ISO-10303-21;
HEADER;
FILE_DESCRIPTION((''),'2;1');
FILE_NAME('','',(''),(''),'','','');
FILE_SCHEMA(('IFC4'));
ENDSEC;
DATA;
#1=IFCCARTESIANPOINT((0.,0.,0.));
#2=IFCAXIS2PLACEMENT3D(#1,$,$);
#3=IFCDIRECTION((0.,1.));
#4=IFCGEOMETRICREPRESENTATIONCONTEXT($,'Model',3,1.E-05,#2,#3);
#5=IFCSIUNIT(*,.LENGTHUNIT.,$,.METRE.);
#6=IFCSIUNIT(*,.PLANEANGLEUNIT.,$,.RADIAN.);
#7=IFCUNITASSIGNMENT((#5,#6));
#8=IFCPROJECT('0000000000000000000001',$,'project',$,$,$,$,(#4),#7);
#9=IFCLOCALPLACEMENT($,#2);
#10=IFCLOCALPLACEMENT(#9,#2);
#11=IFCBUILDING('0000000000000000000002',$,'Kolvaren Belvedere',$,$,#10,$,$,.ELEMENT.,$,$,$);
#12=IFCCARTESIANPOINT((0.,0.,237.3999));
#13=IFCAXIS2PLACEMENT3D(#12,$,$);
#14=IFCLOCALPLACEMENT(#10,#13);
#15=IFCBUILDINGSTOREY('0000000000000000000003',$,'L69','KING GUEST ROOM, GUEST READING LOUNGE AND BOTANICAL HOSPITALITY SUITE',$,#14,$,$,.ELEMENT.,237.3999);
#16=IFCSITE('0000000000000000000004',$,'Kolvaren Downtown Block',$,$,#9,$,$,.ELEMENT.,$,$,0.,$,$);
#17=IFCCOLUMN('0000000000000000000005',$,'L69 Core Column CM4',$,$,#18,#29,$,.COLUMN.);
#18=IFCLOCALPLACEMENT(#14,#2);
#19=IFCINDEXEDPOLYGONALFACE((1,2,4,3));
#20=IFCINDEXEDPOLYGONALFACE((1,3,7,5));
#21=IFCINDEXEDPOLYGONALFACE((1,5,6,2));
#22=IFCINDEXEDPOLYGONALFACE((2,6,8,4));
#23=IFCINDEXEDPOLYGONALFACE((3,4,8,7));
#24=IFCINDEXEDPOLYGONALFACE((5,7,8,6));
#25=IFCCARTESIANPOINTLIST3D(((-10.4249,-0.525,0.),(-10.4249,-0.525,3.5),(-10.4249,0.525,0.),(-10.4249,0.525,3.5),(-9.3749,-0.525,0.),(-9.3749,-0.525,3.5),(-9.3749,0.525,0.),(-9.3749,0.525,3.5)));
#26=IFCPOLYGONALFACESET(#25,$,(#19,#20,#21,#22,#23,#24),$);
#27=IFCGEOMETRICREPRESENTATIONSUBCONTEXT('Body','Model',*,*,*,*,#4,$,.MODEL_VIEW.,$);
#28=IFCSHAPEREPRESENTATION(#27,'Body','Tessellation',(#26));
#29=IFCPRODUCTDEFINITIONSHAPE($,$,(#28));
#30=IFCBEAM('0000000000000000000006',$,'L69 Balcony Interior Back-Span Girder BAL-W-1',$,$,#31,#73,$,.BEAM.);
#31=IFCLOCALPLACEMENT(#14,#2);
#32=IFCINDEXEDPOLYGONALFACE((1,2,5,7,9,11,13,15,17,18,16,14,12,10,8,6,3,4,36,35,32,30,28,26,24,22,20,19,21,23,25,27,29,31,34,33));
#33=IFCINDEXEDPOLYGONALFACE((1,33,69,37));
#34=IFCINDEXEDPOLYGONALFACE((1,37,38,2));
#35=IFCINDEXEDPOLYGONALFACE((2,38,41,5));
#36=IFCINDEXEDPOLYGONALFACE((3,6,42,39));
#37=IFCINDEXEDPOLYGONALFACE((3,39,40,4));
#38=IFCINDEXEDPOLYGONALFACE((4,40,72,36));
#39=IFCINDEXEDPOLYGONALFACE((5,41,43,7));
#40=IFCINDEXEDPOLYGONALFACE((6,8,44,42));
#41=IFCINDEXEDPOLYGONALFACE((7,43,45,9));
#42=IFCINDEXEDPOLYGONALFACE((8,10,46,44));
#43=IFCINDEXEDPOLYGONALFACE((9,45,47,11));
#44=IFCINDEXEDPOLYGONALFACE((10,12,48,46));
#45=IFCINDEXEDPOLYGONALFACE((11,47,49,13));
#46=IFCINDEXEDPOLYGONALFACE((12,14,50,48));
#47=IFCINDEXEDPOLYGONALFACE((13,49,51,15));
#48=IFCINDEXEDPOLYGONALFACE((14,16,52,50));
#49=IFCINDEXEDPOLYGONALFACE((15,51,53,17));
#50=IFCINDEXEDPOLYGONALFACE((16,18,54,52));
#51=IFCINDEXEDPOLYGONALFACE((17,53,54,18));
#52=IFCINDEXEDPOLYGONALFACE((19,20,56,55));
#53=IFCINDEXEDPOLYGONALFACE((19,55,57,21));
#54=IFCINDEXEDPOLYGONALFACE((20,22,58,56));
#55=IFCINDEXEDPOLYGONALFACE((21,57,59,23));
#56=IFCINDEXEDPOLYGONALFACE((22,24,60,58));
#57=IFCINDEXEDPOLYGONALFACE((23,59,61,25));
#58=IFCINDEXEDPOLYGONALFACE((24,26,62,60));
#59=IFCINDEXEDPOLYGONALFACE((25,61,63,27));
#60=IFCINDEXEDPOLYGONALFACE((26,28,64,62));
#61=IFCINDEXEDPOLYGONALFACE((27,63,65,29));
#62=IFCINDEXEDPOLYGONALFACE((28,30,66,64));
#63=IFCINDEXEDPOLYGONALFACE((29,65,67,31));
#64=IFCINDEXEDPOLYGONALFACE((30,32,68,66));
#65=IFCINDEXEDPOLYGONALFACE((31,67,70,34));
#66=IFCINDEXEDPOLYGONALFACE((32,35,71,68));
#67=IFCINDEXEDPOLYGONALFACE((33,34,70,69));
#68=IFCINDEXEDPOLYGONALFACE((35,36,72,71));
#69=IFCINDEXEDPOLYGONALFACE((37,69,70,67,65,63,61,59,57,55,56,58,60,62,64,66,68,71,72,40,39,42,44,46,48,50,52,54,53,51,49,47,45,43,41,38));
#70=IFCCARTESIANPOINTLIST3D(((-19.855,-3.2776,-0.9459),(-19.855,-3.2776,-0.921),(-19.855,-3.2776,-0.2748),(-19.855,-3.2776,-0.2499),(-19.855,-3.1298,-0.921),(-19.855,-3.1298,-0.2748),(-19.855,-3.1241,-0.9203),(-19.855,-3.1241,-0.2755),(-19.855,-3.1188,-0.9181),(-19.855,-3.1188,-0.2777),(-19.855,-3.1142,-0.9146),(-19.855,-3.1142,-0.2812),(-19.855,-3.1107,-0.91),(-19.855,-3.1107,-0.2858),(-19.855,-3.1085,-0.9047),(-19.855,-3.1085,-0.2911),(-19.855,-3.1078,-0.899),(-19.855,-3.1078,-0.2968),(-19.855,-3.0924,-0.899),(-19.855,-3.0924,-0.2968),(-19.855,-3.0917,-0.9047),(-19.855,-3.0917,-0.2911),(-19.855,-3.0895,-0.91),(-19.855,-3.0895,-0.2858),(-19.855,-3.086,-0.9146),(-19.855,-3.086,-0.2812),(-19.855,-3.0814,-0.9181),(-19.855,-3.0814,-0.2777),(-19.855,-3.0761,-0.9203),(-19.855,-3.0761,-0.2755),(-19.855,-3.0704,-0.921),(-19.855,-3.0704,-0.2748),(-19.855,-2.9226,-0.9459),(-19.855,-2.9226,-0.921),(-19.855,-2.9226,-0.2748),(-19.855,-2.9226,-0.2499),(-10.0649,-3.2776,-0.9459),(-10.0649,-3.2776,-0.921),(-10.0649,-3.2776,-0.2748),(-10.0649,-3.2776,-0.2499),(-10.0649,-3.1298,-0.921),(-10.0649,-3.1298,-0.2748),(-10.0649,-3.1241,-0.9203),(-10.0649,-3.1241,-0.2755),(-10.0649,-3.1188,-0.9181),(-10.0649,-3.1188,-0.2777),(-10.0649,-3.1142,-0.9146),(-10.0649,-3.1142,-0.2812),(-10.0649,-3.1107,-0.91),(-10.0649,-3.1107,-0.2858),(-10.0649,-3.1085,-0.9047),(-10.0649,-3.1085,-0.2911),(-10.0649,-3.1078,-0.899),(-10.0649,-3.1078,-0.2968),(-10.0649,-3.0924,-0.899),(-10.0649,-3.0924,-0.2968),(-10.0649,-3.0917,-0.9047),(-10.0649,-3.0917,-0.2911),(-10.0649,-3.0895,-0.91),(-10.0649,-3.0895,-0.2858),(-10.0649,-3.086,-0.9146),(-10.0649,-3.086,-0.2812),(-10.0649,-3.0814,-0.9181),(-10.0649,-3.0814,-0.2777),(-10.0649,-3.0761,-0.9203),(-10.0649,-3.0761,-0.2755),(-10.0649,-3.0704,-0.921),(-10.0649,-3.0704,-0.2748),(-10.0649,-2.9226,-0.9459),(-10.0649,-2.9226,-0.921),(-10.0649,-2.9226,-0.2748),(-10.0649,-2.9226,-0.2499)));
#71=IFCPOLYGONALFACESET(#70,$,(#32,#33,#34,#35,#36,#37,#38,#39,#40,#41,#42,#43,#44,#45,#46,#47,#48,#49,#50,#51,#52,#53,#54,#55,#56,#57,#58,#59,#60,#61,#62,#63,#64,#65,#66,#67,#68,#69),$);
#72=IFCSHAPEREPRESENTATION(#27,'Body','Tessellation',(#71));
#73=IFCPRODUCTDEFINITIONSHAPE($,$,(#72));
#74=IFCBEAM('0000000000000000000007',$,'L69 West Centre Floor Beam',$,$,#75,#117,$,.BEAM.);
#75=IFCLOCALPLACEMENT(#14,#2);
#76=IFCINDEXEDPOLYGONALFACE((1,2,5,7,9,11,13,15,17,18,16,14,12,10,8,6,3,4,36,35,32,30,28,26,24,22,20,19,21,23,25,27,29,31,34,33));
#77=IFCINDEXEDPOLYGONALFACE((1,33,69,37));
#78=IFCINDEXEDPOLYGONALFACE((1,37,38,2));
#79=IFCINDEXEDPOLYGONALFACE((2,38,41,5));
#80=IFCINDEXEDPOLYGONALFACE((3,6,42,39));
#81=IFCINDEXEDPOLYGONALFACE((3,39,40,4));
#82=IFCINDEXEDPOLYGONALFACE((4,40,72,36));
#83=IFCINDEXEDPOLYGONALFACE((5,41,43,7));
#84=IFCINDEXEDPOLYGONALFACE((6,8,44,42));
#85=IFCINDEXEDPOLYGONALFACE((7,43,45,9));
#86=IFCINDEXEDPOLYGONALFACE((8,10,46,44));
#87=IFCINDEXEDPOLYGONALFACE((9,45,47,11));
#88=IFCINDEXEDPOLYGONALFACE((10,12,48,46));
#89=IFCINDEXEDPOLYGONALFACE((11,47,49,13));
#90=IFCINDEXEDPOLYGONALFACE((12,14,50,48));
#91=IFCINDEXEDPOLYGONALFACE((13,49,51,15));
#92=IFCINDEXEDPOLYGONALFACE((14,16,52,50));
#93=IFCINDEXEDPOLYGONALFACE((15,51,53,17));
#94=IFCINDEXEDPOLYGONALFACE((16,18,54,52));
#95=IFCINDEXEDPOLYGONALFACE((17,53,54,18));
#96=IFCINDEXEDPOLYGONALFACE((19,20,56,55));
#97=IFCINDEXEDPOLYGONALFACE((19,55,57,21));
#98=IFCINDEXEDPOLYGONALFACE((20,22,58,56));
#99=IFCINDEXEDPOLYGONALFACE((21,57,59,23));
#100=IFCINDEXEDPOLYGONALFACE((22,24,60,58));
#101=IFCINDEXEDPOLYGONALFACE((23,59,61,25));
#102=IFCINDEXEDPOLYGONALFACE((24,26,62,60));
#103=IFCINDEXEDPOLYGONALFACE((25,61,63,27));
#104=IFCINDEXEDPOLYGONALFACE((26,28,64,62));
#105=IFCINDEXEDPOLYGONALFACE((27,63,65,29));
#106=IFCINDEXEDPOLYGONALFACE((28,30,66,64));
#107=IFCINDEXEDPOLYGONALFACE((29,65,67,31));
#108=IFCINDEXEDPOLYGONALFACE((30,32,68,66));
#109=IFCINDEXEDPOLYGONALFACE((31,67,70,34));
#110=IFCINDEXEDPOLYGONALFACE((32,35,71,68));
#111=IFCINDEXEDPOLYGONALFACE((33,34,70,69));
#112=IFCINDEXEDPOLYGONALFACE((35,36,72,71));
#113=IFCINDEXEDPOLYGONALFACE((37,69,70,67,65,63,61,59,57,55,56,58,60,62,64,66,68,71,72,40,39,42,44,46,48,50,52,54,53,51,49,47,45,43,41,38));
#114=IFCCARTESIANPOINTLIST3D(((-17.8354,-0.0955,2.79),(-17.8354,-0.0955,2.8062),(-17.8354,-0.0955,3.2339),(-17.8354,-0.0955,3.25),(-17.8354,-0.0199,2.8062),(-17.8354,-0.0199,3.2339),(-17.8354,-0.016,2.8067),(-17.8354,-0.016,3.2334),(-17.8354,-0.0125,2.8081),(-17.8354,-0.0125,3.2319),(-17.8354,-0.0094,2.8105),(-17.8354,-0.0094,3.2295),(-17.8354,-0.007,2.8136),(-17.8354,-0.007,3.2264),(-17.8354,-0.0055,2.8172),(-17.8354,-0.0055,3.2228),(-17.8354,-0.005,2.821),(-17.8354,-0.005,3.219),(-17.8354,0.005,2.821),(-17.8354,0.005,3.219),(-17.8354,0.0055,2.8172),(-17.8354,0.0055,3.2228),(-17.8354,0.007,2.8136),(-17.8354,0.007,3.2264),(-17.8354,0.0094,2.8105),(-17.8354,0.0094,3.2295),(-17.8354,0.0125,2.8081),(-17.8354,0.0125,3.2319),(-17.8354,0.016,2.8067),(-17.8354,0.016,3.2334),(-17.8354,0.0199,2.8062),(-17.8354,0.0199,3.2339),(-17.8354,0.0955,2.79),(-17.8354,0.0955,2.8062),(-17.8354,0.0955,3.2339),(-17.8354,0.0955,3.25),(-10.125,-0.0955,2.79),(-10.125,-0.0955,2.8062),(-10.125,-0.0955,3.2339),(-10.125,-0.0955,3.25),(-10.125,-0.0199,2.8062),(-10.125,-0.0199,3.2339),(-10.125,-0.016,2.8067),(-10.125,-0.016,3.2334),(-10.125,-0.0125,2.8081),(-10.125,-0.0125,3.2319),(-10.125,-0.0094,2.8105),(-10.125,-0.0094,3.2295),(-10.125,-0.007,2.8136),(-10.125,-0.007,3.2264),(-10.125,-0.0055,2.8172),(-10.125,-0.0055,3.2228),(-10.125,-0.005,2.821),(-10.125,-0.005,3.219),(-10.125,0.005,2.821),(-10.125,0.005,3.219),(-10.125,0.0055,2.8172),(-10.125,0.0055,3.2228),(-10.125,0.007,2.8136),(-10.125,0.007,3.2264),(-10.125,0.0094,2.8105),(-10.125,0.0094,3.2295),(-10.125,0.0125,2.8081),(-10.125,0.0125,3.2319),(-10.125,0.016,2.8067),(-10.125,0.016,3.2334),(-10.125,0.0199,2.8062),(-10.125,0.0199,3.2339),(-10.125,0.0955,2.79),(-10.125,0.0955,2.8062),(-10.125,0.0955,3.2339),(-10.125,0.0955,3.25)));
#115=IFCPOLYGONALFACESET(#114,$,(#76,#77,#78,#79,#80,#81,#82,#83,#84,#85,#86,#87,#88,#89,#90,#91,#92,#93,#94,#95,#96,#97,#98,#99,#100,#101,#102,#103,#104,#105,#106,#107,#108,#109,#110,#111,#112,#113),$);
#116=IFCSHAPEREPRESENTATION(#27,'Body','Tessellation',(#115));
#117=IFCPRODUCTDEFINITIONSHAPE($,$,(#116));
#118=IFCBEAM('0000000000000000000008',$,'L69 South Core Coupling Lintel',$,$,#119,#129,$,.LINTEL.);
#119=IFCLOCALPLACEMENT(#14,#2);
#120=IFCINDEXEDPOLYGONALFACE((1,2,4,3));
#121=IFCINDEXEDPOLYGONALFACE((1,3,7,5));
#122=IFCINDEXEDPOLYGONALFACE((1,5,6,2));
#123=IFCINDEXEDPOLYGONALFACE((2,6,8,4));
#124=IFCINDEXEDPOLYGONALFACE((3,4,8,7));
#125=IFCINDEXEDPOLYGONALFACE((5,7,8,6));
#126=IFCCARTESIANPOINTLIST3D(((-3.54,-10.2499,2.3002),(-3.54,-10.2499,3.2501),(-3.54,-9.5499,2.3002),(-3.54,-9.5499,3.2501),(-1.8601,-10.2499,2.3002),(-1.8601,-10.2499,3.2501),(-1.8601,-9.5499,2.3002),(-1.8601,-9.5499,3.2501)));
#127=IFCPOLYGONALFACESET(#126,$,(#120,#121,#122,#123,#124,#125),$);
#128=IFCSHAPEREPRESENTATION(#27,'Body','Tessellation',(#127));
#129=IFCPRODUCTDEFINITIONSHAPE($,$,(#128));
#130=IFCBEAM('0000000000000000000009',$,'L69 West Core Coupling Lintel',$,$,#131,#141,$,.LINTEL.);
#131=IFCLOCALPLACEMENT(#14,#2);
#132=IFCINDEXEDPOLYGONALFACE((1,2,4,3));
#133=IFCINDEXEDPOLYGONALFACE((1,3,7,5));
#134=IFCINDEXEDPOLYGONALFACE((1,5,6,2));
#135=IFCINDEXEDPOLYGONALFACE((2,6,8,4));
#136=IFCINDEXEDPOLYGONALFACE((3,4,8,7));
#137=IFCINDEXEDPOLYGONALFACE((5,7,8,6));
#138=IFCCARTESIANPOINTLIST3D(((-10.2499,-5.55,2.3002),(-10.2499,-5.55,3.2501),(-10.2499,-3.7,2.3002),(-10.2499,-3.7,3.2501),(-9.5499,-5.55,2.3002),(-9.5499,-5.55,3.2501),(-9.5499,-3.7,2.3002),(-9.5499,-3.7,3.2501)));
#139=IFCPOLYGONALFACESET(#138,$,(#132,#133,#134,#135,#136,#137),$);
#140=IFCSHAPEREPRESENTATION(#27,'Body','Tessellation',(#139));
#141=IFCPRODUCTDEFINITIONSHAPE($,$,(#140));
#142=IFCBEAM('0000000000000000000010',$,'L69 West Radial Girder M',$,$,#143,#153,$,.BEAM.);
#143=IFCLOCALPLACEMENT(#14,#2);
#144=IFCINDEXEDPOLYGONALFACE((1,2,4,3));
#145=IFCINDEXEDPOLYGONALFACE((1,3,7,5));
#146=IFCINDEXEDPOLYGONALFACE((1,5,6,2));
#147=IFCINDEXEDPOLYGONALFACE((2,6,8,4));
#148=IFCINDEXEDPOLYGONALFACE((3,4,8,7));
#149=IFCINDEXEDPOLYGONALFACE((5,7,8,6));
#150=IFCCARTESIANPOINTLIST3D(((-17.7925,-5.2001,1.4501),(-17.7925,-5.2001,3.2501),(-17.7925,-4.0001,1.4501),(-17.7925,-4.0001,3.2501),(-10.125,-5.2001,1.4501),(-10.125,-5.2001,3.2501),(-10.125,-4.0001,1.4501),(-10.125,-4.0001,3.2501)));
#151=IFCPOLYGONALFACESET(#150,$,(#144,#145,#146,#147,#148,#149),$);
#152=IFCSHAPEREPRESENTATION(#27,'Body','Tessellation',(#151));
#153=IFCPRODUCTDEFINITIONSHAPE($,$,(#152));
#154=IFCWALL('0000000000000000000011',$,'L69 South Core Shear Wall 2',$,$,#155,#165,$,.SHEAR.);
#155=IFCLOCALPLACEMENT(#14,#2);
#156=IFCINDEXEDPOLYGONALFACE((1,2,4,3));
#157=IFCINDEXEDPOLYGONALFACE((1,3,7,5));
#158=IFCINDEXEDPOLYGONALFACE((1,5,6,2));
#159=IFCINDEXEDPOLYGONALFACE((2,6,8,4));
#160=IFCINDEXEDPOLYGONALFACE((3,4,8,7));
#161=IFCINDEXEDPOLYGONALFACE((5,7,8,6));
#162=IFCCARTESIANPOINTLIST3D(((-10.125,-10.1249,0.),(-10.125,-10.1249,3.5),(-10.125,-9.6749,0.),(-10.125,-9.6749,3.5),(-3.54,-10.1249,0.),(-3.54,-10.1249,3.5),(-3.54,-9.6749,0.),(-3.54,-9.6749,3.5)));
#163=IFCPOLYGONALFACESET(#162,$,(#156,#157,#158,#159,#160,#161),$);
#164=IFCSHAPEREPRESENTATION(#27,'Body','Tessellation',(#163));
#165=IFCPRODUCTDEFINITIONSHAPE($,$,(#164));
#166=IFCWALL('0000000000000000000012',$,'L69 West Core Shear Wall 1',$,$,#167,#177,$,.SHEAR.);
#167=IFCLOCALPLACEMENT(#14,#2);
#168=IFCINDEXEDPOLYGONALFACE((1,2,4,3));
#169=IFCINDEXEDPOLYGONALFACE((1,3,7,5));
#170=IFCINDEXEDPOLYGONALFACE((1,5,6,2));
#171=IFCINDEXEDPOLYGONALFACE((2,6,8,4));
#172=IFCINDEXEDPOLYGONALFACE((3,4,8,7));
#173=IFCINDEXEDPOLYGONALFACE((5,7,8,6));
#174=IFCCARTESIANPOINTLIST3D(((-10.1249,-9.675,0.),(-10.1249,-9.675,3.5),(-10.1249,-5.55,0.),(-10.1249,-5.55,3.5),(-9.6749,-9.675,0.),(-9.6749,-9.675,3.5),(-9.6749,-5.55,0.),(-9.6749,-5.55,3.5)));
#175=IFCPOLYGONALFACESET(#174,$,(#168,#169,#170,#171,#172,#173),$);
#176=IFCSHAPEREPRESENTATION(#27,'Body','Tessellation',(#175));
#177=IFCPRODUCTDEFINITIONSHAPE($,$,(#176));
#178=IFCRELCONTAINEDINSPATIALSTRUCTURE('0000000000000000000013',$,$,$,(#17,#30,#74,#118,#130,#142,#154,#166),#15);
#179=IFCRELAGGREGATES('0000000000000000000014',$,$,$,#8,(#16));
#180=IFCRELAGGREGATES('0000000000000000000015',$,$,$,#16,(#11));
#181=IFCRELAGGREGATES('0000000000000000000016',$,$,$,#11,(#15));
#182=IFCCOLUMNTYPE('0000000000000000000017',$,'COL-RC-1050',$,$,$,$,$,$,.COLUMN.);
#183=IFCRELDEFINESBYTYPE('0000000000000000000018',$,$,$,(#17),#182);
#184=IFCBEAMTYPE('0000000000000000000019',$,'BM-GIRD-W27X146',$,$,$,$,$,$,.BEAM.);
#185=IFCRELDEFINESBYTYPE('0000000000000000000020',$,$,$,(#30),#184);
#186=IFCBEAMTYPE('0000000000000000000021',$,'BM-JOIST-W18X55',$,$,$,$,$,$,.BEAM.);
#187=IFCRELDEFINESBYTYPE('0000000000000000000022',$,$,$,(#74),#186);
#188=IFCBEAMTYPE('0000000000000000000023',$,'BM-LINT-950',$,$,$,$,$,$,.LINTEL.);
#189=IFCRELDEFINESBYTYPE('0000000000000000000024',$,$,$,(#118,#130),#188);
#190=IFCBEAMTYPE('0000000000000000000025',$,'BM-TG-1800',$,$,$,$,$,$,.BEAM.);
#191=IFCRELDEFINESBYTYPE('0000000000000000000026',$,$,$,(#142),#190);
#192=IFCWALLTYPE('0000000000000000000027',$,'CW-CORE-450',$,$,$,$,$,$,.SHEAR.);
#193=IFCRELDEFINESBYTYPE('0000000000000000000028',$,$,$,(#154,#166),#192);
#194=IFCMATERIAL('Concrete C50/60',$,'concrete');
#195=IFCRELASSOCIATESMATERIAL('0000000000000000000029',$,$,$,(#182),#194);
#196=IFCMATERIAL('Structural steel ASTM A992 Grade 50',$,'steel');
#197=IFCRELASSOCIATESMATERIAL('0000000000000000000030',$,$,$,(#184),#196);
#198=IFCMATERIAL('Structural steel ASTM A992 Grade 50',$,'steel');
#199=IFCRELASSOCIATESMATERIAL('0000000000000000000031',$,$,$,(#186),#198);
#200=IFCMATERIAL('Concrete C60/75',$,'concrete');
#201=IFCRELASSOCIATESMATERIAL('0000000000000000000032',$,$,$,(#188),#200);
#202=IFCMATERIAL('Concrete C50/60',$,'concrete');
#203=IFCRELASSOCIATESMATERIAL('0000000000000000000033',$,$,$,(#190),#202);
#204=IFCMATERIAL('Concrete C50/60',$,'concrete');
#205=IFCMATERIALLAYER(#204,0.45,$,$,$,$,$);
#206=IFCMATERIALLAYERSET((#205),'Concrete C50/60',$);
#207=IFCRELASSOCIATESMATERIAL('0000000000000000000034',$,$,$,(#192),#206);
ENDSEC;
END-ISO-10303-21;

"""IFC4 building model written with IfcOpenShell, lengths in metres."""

from ifc_helpers import new_model, si_unit, direction, frame, frame_2d, origin, origin_2d, place, context, subcontext, project, spatial, rectangle, i_section, extrude, material, layer, layer_set, material_profile, profile_set, type_object, element, save


model = new_model("IFC4")

# Units and contexts
model_context = context("Model", 3, precision=1e-05, world=origin(), true_north=direction((0.0, 1.0)))
body_context = subcontext(model_context, "Body", "Model", "MODEL_VIEW")
ifc_project = project(units=[si_unit("LENGTHUNIT", "METRE"), si_unit("PLANEANGLEUNIT", "RADIAN")], contexts=[model_context])

# Site, building, storey
site_placement = place(None, origin())
site = spatial("IfcSite", under=ifc_project, at=site_placement, Name="Kolvaren Downtown Block", CompositionType="ELEMENT", RefElevation=0.0)
building_placement = place(site_placement, origin())
building = spatial("IfcBuilding", under=site, at=building_placement, Name="Kolvaren Belvedere", CompositionType="ELEMENT")
storey_placement = place(building_placement, frame((0.0, 0.0, 237.3999)))
storey = spatial("IfcBuildingStorey", under=building, at=storey_placement, Name="L69", Description="KING GUEST ROOM, GUEST READING LOUNGE AND BOTANICAL HOSPITALITY SUITE", CompositionType="ELEMENT", Elevation=237.3999)

# Column
ifc_material_1 = material(Name="Concrete C50/60", Category="concrete")
ifc_material_profile_1 = material_profile(ifc_material_1, rectangle(XDim=1.05, YDim=1.05, at=origin_2d()), Name="RC 1050X1050")
ifc_profile_set_1 = profile_set([ifc_material_profile_1], Name="Concrete C50/60")
column_type = type_object("IfcColumnType", Name="COL-RC-1050", PredefinedType="COLUMN", material=ifc_profile_set_1)
column_placement = place(storey_placement, frame((-9.8999, 0.0, 0.0), z_axis=(0.0, 0.0, 1.0), x_axis=(1.0, 0.0, 0.0)))
element("IfcColumn", 1, at=column_placement, inside=storey, type_object=column_type, Name="L69 Core Column CM4", PredefinedType="COLUMN", context=body_context, shape_type="SweptSolid", body=[
    extrude(rectangle(XDim=1.05, YDim=1.05, at=origin_2d()), origin(), (0.0, 0.0, 1.0), 3.5),
])

# Beams
ifc_material_2 = material(Name="Structural steel ASTM A992 Grade 50", Category="steel")
ifc_material_profile_2 = material_profile(ifc_material_2, i_section(OverallWidth=0.355, OverallDepth=0.696, WebThickness=0.0154, FlangeThickness=0.0249, FilletRadius=0.022, at=origin_2d()), Name="W27X146")
ifc_profile_set_2 = profile_set([ifc_material_profile_2], Name="Structural steel ASTM A992 Grade 50")
beam_type_1 = type_object("IfcBeamType", Name="BM-GIRD-W27X146", PredefinedType="BEAM", material=ifc_profile_set_2)
beam_1_placement = place(storey_placement, frame((-10.0649, -3.1001, -0.5979), z_axis=(-1.0, 0.0, 0.0), x_axis=(0.0, -1.0, 0.0)))
element("IfcBeam", 2, at=beam_1_placement, inside=storey, type_object=beam_type_1, Name="L69 Balcony Interior Back-Span Girder BAL-W-1", PredefinedType="BEAM", context=body_context, shape_type="SweptSolid", body=[
    extrude(i_section(OverallWidth=0.355, OverallDepth=0.696, WebThickness=0.0154, FlangeThickness=0.0249, FilletRadius=0.022, at=origin_2d()), origin(), (0.0, 0.0, 1.0), 9.79),
])
ifc_material_3 = material(Name="Structural steel ASTM A992 Grade 50", Category="steel")
ifc_material_profile_3 = material_profile(ifc_material_3, i_section(OverallWidth=0.1909, OverallDepth=0.46, WebThickness=0.01, FlangeThickness=0.0161, FilletRadius=0.0149, at=origin_2d()), Name="W18X55")
ifc_profile_set_3 = profile_set([ifc_material_profile_3], Name="Structural steel ASTM A992 Grade 50")
beam_type_2 = type_object("IfcBeamType", Name="BM-JOIST-W18X55", PredefinedType="BEAM", material=ifc_profile_set_3)
beam_2_placement = place(storey_placement, frame((-10.125, 0.0, 3.02), z_axis=(-1.0, 0.0, 0.0), x_axis=(0.0, -1.0, 0.0)))
element("IfcBeam", 3, at=beam_2_placement, inside=storey, type_object=beam_type_2, Name="L69 West Centre Floor Beam", PredefinedType="BEAM", context=body_context, shape_type="SweptSolid", body=[
    extrude(i_section(OverallWidth=0.1909, OverallDepth=0.46, WebThickness=0.01, FlangeThickness=0.0161, FilletRadius=0.0149, at=origin_2d()), origin(), (0.0, 0.0, 1.0), 7.7104),
])
ifc_material_4 = material(Name="Concrete C60/75", Category="concrete")
ifc_material_profile_4 = material_profile(ifc_material_4, rectangle(XDim=0.7, YDim=0.95, at=origin_2d()), Name="RC 700X950")
ifc_profile_set_4 = profile_set([ifc_material_profile_4], Name="Concrete C60/75")
beam_type_3 = type_object("IfcBeamType", Name="BM-LINT-950", PredefinedType="LINTEL", material=ifc_profile_set_4)
beam_3_placement = place(storey_placement, frame((-3.54, -9.8999, 2.7751), z_axis=(1.0, 0.0, 0.0), x_axis=(0.0, 1.0, 0.0)))
element("IfcBeam", 4, at=beam_3_placement, inside=storey, type_object=beam_type_3, Name="L69 South Core Coupling Lintel", PredefinedType="LINTEL", context=body_context, shape_type="SweptSolid", body=[
    extrude(rectangle(XDim=0.7, YDim=0.95, at=origin_2d()), origin(), (0.0, 0.0, 1.0), 1.6799),
])
beam_4_placement = place(storey_placement, frame((-9.8999, -5.55, 2.7751), z_axis=(0.0, 1.0, 0.0), x_axis=(-1.0, 0.0, 0.0)))
element("IfcBeam", 5, at=beam_4_placement, inside=storey, type_object=beam_type_3, Name="L69 West Core Coupling Lintel", PredefinedType="LINTEL", context=body_context, shape_type="SweptSolid", body=[
    extrude(rectangle(XDim=0.7, YDim=0.95, at=origin_2d()), origin(), (0.0, 0.0, 1.0), 1.8501),
])
ifc_material_5 = material(Name="Concrete C50/60", Category="concrete")
ifc_material_profile_5 = material_profile(ifc_material_5, rectangle(XDim=1.2, YDim=1.8, at=origin_2d()), Name="RC 1200X1800")
ifc_profile_set_5 = profile_set([ifc_material_profile_5], Name="Concrete C50/60")
beam_type_4 = type_object("IfcBeamType", Name="BM-TG-1800", PredefinedType="BEAM", material=ifc_profile_set_5)
beam_5_placement = place(storey_placement, frame((-10.125, -4.6001, 2.3501), z_axis=(-1.0, 0.0, 0.0), x_axis=(0.0, -1.0, 0.0)))
element("IfcBeam", 6, at=beam_5_placement, inside=storey, type_object=beam_type_4, Name="L69 West Radial Girder M", PredefinedType="BEAM", context=body_context, shape_type="SweptSolid", body=[
    extrude(rectangle(XDim=1.2, YDim=1.8, at=origin_2d()), origin(), (0.0, 0.0, 1.0), 7.6675),
])

# Walls
ifc_material_6 = material(Name="Concrete C50/60", Category="concrete")
ifc_layer_1 = layer(ifc_material_6, 0.45)
ifc_layer_set_1 = layer_set([ifc_layer_1], Name="Concrete C50/60")
wall_type_1 = type_object("IfcWallType", Name="CW-CORE-450", PredefinedType="SHEAR", material=ifc_layer_set_1)
wall_1_placement = place(storey_placement, frame((-3.54, -9.8999, 0.0), z_axis=(0.0, 0.0, 1.0), x_axis=(-1.0, 0.0, 0.0)))
element("IfcWall", 7, at=wall_1_placement, inside=storey, type_object=wall_type_1, Name="L69 South Core Shear Wall 2", PredefinedType="SHEAR", context=body_context, shape_type="SweptSolid", body=[
    extrude(rectangle(XDim=6.585, YDim=0.45, at=frame_2d((3.2925, 0.0))), origin(), (0.0, 0.0, 1.0), 3.5),
])
wall_2_placement = place(storey_placement, frame((-9.8999, -9.675, 0.0), z_axis=(0.0, 0.0, 1.0), x_axis=(0.0, 1.0, 0.0)))
element("IfcWall", 8, at=wall_2_placement, inside=storey, type_object=wall_type_1, Name="L69 West Core Shear Wall 1", PredefinedType="SHEAR", context=body_context, shape_type="SweptSolid", body=[
    extrude(rectangle(XDim=4.125, YDim=0.45, at=frame_2d((2.0625, 0.0))), origin(), (0.0, 0.0, 1.0), 3.5),
])

save(model, "model.ifc")
